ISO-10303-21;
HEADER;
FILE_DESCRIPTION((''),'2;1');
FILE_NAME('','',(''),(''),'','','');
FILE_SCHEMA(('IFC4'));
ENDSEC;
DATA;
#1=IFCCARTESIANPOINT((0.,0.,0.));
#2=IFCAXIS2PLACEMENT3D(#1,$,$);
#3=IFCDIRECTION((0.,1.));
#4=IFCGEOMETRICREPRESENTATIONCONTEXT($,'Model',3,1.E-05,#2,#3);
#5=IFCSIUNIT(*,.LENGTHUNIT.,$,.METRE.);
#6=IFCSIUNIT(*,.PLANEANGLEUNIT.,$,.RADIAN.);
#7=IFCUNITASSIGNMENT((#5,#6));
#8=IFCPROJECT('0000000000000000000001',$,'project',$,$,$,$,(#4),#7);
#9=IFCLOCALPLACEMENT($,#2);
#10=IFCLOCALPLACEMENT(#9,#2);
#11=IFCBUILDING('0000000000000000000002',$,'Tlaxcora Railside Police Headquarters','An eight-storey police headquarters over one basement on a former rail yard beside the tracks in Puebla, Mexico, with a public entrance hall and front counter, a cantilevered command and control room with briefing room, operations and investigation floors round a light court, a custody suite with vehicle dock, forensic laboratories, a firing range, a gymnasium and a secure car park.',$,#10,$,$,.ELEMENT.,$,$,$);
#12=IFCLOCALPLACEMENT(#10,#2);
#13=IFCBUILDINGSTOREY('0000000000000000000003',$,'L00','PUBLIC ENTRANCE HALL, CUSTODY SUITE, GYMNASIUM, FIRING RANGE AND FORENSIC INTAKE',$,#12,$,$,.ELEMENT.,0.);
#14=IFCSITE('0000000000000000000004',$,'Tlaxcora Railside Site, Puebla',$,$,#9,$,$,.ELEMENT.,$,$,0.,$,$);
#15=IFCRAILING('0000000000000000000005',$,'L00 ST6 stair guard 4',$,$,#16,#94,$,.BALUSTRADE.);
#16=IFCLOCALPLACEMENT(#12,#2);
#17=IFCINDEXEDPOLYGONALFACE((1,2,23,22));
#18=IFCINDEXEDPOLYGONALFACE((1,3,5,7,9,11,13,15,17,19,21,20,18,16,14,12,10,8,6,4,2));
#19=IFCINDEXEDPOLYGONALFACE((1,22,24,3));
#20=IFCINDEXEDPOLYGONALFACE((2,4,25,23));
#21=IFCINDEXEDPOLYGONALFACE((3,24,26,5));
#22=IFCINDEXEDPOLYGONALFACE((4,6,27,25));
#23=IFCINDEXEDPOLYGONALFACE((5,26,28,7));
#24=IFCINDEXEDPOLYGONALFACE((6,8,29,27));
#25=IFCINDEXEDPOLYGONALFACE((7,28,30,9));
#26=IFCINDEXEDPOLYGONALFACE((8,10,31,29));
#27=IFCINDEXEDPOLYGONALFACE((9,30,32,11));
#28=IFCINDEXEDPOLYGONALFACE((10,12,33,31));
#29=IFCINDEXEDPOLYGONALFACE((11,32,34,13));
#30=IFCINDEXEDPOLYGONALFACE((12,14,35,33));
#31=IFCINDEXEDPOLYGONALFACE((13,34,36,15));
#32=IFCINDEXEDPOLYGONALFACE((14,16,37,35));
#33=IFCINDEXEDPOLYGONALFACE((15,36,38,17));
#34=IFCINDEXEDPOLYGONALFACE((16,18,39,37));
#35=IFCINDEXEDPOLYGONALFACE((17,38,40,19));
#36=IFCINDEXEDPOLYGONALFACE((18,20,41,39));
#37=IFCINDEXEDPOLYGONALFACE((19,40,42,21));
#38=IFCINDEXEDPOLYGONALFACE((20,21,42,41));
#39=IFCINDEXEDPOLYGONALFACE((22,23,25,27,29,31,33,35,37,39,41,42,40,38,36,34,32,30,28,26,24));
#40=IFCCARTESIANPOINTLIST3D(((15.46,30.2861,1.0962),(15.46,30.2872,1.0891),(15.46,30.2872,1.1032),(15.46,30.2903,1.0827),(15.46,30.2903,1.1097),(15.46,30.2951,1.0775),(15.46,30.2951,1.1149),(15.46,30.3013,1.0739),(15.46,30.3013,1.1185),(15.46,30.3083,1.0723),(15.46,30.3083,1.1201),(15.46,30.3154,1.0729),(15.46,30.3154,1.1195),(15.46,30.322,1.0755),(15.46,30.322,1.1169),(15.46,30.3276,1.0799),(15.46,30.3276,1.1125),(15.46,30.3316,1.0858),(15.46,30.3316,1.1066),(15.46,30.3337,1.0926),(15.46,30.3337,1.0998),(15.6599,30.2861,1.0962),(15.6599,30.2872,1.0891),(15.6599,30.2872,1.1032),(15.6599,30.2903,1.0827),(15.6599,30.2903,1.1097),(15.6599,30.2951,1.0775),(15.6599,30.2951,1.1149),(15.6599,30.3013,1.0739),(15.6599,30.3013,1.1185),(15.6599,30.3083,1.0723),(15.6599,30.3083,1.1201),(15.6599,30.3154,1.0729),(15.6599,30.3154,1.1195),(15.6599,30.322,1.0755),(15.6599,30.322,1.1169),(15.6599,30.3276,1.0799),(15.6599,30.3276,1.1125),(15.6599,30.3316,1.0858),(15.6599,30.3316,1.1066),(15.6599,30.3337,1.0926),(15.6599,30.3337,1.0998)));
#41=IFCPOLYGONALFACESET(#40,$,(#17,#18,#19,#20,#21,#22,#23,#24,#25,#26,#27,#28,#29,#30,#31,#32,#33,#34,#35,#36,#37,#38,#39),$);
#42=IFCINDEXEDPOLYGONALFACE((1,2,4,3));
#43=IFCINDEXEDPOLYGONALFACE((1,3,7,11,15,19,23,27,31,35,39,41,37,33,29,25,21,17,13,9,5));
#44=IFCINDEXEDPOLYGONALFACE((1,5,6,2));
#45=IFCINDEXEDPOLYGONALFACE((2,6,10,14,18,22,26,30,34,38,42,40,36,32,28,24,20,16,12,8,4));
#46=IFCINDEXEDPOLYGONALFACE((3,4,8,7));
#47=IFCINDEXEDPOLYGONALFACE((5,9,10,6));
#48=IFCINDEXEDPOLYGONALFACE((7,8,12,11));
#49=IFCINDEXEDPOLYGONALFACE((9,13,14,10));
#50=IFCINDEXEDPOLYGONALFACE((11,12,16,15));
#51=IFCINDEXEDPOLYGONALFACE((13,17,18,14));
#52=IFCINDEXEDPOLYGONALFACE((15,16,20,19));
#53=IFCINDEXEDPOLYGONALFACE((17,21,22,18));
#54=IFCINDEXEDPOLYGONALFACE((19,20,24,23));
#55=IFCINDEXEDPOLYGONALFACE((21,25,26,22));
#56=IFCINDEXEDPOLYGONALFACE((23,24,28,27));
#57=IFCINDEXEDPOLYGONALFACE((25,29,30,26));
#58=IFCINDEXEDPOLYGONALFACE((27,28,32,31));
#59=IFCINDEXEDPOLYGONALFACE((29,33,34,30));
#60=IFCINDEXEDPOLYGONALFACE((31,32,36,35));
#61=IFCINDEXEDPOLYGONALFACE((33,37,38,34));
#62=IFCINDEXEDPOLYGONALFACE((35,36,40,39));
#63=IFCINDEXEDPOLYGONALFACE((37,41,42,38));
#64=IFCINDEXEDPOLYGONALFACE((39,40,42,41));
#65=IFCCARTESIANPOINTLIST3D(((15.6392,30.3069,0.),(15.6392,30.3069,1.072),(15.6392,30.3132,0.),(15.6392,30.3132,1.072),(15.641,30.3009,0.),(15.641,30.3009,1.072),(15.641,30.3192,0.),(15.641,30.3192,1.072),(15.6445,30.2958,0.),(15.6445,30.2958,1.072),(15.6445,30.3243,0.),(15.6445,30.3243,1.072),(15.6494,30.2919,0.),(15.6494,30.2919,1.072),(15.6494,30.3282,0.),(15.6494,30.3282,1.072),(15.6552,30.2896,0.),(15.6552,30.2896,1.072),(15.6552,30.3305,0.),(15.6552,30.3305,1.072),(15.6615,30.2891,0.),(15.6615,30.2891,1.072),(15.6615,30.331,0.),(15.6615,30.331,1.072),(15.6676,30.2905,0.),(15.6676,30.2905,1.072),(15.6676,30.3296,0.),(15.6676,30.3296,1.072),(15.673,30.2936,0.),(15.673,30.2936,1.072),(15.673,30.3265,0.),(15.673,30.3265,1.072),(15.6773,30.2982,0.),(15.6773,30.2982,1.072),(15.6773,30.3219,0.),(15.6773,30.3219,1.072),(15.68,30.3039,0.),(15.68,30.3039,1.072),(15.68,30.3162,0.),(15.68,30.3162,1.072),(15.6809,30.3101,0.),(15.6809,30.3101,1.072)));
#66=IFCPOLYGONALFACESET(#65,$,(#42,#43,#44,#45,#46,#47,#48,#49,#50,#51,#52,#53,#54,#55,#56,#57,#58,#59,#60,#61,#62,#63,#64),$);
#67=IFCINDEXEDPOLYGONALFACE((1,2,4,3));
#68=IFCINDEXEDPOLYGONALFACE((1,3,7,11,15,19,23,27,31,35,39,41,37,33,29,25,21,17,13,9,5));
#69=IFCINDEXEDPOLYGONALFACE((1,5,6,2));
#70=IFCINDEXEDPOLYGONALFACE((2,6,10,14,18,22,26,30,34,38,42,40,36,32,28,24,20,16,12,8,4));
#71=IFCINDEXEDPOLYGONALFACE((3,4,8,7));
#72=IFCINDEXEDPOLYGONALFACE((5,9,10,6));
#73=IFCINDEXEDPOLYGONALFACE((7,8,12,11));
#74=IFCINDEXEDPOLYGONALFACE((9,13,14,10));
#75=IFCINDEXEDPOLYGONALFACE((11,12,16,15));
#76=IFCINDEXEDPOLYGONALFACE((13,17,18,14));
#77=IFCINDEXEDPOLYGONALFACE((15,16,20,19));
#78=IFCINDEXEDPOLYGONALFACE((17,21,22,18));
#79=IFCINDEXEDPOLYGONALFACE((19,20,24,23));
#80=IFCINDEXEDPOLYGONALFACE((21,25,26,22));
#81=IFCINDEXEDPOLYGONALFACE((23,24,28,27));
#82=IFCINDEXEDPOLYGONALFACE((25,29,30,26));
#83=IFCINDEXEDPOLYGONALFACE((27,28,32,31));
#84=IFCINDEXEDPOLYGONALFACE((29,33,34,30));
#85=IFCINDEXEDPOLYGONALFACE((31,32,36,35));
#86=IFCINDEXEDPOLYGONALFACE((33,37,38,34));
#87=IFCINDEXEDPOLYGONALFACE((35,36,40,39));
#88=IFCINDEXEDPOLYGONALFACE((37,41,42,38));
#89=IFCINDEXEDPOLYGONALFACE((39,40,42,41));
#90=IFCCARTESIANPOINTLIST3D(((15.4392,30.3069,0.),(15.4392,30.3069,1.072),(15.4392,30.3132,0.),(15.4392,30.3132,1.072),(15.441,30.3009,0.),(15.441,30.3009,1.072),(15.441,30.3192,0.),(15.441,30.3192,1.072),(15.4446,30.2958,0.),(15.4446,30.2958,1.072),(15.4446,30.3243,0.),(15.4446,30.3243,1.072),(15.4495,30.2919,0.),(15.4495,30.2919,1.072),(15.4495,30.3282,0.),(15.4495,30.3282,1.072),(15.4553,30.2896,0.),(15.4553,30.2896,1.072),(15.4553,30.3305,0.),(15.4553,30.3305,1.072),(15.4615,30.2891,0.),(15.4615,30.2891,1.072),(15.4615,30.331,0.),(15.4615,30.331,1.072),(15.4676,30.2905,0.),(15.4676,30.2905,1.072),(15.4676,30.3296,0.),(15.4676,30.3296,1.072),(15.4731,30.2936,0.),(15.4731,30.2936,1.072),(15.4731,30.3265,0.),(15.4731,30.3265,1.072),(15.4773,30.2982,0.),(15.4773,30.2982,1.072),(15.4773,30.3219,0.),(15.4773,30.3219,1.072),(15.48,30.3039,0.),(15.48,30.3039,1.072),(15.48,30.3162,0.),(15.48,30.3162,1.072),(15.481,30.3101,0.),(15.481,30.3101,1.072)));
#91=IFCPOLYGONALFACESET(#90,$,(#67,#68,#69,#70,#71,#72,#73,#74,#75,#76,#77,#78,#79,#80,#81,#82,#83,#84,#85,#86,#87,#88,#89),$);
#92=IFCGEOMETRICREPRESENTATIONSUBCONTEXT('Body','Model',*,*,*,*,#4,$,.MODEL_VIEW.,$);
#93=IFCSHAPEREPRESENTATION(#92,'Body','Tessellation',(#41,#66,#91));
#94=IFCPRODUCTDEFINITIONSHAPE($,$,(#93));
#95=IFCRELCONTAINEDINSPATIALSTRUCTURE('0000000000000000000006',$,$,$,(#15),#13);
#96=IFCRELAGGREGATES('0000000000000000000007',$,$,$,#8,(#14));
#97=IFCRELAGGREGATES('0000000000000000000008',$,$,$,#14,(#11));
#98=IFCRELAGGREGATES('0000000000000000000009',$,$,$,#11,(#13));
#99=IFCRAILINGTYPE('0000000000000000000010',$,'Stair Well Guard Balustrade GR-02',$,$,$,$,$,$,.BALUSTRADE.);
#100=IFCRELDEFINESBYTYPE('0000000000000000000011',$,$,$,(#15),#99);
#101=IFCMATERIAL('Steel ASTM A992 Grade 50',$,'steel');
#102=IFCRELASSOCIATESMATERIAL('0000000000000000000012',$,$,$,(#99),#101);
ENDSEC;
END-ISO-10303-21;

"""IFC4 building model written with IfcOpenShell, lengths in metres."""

from ifc_helpers import new_model, si_unit, direction, frame, origin, origin_2d, place, context, subcontext, project, spatial, circle, extrude, material, type_object, element, save


model = new_model("IFC4")

# Units and contexts
model_context = context("Model", 3, precision=1e-05, world=origin(), true_north=direction((0.0, 1.0)))
body_context = subcontext(model_context, "Body", "Model", "MODEL_VIEW")
ifc_project = project(units=[si_unit("LENGTHUNIT", "METRE"), si_unit("PLANEANGLEUNIT", "RADIAN")], contexts=[model_context])

# Site, building, storey
site_placement = place(None, origin())
site = spatial("IfcSite", under=ifc_project, at=site_placement, Name="Tlaxcora Railside Site, Puebla", CompositionType="ELEMENT", RefElevation=0.0)
building_placement = place(site_placement, origin())
building = spatial("IfcBuilding", under=site, at=building_placement, Name="Tlaxcora Railside Police Headquarters", Description="An eight-storey police headquarters over one basement on a former rail yard beside the tracks in Puebla, Mexico, with a public entrance hall and front counter, a cantilevered command and control room with briefing room, operations and investigation floors round a light court, a custody suite with vehicle dock, forensic laboratories, a firing range, a gymnasium and a secure car park.", CompositionType="ELEMENT")
storey_placement = place(building_placement, origin())
storey = spatial("IfcBuildingStorey", under=building, at=storey_placement, Name="L00", Description="PUBLIC ENTRANCE HALL, CUSTODY SUITE, GYMNASIUM, FIRING RANGE AND FORENSIC INTAKE", CompositionType="ELEMENT", Elevation=0.0)

# Shared definitions
ifc_material_1 = material(Name="Steel ASTM A992 Grade 50", Category="steel")

# Railing
railing_type_1 = type_object("IfcRailingType", Name="Stair Well Guard Balustrade GR-02", PredefinedType="BALUSTRADE", material=ifc_material_1)
railing_1_placement = place(storey_placement, frame((15.6599, 30.3101, 0.0)))
element("IfcRailing", 1, at=railing_1_placement, inside=storey, type_object=railing_type_1, Name="L00 ST6 stair guard 4", PredefinedType="BALUSTRADE", context=body_context, shape_type="SweptSolid", body=[
    extrude(circle(Radius=0.0239, at=origin_2d()), frame((0.0, 0.0, 1.0962), z_axis=(-1.0, 0.0, 0.0), x_axis=(0.0, -1.0, 0.0)), (0.0, 0.0, 1.0), 0.2),
    extrude(circle(Radius=0.021, at=origin_2d()), origin(), (0.0, 0.0, 1.0), 1.072),
    extrude(circle(Radius=0.021, at=origin_2d()), frame((-0.2, 0.0, 0.0)), (0.0, 0.0, 1.0), 1.072),
])

save(model, "model.ifc")
